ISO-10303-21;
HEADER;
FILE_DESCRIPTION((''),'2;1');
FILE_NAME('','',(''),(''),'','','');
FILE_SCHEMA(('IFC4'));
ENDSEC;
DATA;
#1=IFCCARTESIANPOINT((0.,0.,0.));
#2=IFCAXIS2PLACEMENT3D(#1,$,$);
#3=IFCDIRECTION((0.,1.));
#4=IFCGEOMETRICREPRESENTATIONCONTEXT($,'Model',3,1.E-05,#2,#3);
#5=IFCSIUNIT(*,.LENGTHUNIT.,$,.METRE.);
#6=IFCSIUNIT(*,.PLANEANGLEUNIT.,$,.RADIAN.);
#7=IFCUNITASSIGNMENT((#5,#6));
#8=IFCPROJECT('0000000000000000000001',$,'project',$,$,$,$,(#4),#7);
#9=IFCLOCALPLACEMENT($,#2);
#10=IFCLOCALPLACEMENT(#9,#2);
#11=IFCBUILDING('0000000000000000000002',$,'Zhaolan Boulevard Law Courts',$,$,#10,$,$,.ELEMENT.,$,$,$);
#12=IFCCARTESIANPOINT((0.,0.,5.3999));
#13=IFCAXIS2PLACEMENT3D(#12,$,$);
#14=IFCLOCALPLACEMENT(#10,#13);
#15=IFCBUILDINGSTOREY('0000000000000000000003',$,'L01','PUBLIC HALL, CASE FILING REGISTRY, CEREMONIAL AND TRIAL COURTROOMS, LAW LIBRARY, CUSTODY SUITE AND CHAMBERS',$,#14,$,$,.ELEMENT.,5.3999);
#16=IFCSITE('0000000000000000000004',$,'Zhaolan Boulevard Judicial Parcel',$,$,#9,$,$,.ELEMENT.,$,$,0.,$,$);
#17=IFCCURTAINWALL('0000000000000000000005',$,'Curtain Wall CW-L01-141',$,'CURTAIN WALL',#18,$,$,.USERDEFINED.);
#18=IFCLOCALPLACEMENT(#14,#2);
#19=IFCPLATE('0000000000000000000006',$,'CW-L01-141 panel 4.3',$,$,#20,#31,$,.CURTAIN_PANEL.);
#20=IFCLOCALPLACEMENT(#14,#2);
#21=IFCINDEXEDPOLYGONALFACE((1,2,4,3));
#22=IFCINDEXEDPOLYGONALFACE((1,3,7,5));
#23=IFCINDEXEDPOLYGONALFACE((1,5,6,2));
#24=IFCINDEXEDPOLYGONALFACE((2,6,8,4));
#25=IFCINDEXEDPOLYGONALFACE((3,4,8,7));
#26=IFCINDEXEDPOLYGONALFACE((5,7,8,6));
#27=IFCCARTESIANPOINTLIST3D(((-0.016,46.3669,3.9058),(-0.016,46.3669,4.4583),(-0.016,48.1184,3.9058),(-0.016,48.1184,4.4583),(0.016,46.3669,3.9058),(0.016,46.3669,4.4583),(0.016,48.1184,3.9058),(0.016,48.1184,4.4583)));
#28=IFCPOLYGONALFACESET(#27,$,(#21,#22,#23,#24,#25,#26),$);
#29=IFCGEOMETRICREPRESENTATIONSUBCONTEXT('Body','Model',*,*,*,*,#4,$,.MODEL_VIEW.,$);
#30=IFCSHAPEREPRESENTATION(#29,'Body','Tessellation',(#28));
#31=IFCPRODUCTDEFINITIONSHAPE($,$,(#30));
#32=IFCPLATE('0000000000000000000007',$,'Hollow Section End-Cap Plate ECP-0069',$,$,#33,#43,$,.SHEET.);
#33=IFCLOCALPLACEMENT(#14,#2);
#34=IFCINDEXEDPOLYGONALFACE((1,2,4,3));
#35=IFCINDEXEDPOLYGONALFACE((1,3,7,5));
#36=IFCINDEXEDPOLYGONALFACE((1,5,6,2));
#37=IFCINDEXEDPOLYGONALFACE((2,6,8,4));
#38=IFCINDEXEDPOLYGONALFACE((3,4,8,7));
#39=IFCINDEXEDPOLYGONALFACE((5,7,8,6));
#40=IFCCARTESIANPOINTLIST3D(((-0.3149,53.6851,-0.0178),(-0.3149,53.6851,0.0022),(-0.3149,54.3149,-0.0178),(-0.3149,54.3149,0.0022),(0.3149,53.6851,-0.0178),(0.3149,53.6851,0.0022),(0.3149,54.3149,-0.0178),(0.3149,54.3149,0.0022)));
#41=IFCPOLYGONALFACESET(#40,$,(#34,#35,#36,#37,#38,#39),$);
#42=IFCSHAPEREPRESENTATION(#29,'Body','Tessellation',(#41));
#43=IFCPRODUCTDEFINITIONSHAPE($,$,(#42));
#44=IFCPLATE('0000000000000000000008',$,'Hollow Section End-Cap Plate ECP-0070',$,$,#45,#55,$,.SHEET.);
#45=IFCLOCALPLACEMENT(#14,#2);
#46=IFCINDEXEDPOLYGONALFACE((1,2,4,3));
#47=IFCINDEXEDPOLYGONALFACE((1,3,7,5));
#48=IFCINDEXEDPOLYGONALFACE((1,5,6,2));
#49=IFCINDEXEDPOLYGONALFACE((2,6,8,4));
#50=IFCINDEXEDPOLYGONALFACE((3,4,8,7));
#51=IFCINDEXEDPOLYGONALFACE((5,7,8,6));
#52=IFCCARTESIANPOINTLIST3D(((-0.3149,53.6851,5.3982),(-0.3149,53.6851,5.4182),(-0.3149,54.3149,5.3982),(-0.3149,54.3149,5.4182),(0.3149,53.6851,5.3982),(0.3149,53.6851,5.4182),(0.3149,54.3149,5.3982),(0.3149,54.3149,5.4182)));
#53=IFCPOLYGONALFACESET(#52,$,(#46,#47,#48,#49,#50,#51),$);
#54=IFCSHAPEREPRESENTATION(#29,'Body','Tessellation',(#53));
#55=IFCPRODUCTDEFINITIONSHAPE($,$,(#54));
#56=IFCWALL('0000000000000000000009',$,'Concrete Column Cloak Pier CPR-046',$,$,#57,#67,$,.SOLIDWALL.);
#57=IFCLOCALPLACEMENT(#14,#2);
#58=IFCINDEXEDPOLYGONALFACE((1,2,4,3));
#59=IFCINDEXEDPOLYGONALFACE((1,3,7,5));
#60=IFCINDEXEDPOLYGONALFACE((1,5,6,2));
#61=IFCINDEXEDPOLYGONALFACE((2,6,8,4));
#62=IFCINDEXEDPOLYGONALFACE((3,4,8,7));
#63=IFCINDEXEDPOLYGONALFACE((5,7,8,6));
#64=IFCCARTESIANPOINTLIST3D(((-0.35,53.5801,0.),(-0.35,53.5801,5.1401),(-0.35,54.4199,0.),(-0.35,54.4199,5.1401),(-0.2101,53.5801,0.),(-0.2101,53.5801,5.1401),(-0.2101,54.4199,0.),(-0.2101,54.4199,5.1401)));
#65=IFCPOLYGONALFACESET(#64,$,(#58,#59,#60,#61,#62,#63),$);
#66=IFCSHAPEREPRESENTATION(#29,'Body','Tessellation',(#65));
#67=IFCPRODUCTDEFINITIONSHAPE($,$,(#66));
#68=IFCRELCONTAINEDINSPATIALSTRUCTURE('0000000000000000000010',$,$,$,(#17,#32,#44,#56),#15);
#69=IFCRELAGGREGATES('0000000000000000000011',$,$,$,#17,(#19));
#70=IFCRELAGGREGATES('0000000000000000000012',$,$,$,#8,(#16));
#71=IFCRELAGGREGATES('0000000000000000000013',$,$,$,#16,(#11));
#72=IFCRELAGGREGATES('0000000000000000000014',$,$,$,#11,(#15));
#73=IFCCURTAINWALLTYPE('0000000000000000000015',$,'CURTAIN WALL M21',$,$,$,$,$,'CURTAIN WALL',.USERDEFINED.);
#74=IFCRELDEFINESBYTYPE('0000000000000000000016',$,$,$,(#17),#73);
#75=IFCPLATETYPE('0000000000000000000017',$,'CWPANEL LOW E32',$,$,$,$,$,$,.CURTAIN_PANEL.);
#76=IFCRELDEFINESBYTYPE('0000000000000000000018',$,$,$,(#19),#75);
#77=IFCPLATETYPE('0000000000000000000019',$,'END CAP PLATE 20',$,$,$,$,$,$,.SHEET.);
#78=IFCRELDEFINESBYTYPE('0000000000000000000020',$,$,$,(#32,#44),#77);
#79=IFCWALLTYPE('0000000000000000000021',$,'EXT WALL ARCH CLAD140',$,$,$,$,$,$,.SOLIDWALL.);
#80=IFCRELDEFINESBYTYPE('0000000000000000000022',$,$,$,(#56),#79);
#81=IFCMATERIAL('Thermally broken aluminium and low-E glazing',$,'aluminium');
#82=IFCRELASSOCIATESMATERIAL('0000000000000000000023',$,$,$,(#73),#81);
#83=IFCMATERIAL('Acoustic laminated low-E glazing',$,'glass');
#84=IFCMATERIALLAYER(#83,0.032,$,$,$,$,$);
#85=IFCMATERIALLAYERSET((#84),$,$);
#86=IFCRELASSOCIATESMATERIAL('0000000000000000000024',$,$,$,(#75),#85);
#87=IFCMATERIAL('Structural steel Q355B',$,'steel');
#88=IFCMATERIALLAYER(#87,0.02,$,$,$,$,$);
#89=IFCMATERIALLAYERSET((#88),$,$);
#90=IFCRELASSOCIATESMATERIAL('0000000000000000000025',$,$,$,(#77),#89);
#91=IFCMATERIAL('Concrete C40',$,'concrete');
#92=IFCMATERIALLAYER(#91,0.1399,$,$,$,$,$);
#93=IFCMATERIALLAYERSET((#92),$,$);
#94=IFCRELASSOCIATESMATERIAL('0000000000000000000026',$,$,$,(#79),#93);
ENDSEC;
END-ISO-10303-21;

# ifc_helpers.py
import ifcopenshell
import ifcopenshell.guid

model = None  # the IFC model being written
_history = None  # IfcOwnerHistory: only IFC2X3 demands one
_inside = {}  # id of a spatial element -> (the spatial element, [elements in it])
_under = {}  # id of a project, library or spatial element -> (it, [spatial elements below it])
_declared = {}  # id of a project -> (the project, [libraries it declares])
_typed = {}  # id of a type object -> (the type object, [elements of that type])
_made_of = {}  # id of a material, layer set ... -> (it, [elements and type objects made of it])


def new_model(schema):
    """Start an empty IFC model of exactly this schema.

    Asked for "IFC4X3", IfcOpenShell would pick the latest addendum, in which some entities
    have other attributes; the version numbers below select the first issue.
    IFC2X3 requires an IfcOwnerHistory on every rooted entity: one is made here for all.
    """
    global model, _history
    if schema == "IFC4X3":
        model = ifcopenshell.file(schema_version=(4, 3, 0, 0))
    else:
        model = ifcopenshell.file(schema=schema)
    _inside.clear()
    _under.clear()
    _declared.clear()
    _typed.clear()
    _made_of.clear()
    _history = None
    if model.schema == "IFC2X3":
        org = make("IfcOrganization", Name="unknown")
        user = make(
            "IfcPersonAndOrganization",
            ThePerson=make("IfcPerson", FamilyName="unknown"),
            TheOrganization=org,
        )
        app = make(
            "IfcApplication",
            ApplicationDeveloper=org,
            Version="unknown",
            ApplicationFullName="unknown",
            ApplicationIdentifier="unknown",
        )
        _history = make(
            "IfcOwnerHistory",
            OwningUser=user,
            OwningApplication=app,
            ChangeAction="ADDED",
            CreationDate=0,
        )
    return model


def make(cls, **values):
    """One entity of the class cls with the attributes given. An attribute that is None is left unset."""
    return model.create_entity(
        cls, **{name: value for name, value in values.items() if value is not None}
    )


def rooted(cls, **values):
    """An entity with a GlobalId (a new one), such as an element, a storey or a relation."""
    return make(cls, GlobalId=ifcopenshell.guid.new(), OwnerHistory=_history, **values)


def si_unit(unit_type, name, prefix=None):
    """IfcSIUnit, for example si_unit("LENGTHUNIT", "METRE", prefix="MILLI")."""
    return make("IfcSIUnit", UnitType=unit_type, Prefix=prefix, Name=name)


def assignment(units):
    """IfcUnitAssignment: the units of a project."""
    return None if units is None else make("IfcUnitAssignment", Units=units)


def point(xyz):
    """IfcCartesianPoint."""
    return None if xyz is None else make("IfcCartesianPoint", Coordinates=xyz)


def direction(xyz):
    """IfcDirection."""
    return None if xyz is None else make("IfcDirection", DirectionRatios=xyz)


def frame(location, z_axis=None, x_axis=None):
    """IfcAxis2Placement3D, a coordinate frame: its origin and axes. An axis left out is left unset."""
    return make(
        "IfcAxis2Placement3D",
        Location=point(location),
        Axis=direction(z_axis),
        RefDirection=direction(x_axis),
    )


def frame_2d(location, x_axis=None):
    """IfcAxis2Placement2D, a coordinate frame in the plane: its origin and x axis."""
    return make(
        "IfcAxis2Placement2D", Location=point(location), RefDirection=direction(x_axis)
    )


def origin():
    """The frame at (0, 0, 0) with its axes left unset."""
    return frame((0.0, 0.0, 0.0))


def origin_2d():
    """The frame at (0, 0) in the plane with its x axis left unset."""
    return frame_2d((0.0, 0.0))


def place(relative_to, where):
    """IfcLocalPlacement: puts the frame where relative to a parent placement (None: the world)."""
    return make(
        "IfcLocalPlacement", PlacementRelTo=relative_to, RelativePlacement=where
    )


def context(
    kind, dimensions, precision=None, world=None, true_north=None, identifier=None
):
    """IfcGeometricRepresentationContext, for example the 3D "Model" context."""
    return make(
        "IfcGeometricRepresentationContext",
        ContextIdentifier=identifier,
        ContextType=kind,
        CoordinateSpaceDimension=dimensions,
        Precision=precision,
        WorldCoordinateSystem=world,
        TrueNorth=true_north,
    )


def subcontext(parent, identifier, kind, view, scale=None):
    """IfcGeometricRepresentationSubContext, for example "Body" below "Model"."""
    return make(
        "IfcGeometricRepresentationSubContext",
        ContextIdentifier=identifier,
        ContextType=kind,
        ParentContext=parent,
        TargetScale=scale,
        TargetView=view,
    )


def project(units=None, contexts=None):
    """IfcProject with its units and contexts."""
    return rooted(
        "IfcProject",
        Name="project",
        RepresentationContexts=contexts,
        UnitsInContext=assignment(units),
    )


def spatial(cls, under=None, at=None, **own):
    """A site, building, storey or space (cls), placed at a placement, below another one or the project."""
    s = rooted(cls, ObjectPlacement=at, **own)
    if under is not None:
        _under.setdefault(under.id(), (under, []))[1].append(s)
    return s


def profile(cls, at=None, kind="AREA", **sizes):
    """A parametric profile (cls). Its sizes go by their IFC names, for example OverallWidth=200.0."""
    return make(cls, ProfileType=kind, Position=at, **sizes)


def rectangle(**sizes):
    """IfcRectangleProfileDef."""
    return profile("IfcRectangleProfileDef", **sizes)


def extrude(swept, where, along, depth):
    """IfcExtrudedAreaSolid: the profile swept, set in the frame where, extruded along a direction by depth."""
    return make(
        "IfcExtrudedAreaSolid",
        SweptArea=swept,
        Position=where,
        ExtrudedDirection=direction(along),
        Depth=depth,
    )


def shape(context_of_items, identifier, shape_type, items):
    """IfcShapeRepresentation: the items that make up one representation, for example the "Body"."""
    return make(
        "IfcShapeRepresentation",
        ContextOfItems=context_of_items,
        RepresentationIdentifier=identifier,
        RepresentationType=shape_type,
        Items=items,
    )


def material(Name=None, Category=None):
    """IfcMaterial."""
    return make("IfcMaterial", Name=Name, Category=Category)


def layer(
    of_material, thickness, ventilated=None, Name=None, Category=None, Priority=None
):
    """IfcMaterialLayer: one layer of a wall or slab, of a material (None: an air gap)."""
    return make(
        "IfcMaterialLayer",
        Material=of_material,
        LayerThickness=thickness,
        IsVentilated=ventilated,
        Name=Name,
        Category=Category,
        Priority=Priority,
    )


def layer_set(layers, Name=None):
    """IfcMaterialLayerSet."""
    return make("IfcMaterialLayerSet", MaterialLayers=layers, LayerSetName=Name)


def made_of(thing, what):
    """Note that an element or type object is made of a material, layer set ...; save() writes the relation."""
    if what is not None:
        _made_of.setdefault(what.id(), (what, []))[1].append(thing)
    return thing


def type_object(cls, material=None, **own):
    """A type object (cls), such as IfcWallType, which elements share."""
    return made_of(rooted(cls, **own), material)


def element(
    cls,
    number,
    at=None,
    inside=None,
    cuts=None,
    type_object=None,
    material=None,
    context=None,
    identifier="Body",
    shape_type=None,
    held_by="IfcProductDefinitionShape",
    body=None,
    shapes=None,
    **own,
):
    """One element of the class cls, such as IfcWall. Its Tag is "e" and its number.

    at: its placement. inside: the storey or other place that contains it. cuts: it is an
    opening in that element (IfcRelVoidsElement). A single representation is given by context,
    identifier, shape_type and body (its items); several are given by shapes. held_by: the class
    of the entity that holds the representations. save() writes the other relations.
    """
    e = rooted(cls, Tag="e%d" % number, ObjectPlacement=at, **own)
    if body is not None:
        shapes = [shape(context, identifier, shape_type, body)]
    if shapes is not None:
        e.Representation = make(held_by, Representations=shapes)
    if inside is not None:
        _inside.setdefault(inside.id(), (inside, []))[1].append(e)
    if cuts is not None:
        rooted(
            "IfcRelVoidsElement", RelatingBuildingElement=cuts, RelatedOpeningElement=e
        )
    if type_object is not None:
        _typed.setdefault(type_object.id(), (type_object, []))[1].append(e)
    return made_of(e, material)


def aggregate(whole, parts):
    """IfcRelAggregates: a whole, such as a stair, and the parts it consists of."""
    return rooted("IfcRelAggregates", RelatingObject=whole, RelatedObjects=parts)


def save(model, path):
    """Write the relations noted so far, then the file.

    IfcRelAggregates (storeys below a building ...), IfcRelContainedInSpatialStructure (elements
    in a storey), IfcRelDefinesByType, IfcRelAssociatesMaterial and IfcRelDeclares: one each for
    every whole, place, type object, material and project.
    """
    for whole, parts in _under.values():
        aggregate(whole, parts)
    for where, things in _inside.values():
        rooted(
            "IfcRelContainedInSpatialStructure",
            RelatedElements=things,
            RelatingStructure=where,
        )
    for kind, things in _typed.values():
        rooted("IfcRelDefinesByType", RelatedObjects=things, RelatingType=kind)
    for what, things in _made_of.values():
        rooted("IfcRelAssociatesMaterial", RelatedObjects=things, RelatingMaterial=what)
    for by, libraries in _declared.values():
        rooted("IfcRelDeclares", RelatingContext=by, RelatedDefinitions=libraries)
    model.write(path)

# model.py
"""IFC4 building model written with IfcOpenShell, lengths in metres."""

from ifc_helpers import new_model, si_unit, direction, frame, frame_2d, origin, origin_2d, place, context, subcontext, project, spatial, rectangle, extrude, material, layer, layer_set, type_object, element, aggregate, save


model = new_model("IFC4")

# Units and contexts
model_context = context("Model", 3, precision=1e-05, world=origin(), true_north=direction((0.0, 1.0)))
body_context = subcontext(model_context, "Body", "Model", "MODEL_VIEW")
ifc_project = project(units=[si_unit("LENGTHUNIT", "METRE"), si_unit("PLANEANGLEUNIT", "RADIAN")], contexts=[model_context])

# Site, building, storey
site_placement = place(None, origin())
site = spatial("IfcSite", under=ifc_project, at=site_placement, Name="Zhaolan Boulevard Judicial Parcel", CompositionType="ELEMENT", RefElevation=0.0)
building_placement = place(site_placement, origin())
building = spatial("IfcBuilding", under=site, at=building_placement, Name="Zhaolan Boulevard Law Courts", CompositionType="ELEMENT")
storey_placement = place(building_placement, frame((0.0, 0.0, 5.3999)))
storey = spatial("IfcBuildingStorey", under=building, at=storey_placement, Name="L01", Description="PUBLIC HALL, CASE FILING REGISTRY, CEREMONIAL AND TRIAL COURTROOMS, LAW LIBRARY, CUSTODY SUITE AND CHAMBERS", CompositionType="ELEMENT", Elevation=5.3999)

# Curtain wall
ifc_material_1 = material(Name="Thermally broken aluminium and low-E glazing", Category="aluminium")
curtain_wall_type = type_object("IfcCurtainWallType", Name="CURTAIN WALL M21", ElementType="CURTAIN WALL", PredefinedType="USERDEFINED", material=ifc_material_1)
curtain_wall_placement = place(storey_placement, origin())
curtain_wall = element("IfcCurtainWall", 1, at=curtain_wall_placement, inside=storey, type_object=curtain_wall_type, Name="Curtain Wall CW-L01-141", ObjectType="CURTAIN WALL", PredefinedType="USERDEFINED")

# Plate
ifc_material_2 = material(Name="Acoustic laminated low-E glazing", Category="glass")
ifc_layer_1 = layer(ifc_material_2, 0.032)
ifc_layer_set_1 = layer_set([ifc_layer_1])
plate_type_1 = type_object("IfcPlateType", Name="CWPANEL LOW E32", PredefinedType="CURTAIN_PANEL", material=ifc_layer_set_1)
plate_1_placement = place(storey_placement, frame((0.0, 47.2427, 3.9058), z_axis=(0.0, 0.0, 1.0), x_axis=(0.0, -1.0, 0.0)))
plate_1 = element("IfcPlate", 2, at=plate_1_placement, type_object=plate_type_1, Name="CW-L01-141 panel 4.3", PredefinedType="CURTAIN_PANEL", context=body_context, shape_type="SweptSolid", body=[
    extrude(rectangle(XDim=1.7515, YDim=0.032, at=origin_2d()), origin(), (0.0, 0.0, 1.0), 0.5525),
])
aggregate(curtain_wall, [plate_1])

# Plates
ifc_material_3 = material(Name="Structural steel Q355B", Category="steel")
ifc_layer_2 = layer(ifc_material_3, 0.02)
ifc_layer_set_2 = layer_set([ifc_layer_2])
plate_type_2 = type_object("IfcPlateType", Name="END CAP PLATE 20", PredefinedType="SHEET", material=ifc_layer_set_2)
for number, where, z_axis, x_axis, name in (
    (3, (0.0, 54.0, -0.0178), (0.0, 0.0, 1.0), (1.0, 0.0, 0.0), "Hollow Section End-Cap Plate ECP-0069"),
    (4, (0.0, 54.0, 5.3982), (0.0, 0.0, 1.0), (1.0, 0.0, 0.0), "Hollow Section End-Cap Plate ECP-0070"),
):
    element("IfcPlate", number, at=place(storey_placement, frame(where, z_axis=z_axis, x_axis=x_axis)), inside=storey, type_object=plate_type_2, Name=name, PredefinedType="SHEET", context=body_context, shape_type="SweptSolid", body=[
        extrude(rectangle(XDim=0.6299, YDim=0.6299, at=origin_2d()), origin(), (0.0, 0.0, 1.0), 0.02),
    ])

# Wall
ifc_material_4 = material(Name="Concrete C40", Category="concrete")
ifc_layer_3 = layer(ifc_material_4, 0.1399)
ifc_layer_set_3 = layer_set([ifc_layer_3])
wall_type = type_object("IfcWallType", Name="EXT WALL ARCH CLAD140", PredefinedType="SOLIDWALL", material=ifc_layer_set_3)
wall_placement = place(storey_placement, frame((-0.28, 53.5801, 0.0), z_axis=(0.0, 0.0, 1.0), x_axis=(0.0, 1.0, 0.0)))
element("IfcWall", 5, at=wall_placement, inside=storey, type_object=wall_type, Name="Concrete Column Cloak Pier CPR-046", PredefinedType="SOLIDWALL", context=body_context, shape_type="SweptSolid", body=[
    extrude(rectangle(XDim=0.8398, YDim=0.1399, at=frame_2d((0.4199, 0.0))), origin(), (0.0, 0.0, 1.0), 5.1401),
])

save(model, "model.ifc")
